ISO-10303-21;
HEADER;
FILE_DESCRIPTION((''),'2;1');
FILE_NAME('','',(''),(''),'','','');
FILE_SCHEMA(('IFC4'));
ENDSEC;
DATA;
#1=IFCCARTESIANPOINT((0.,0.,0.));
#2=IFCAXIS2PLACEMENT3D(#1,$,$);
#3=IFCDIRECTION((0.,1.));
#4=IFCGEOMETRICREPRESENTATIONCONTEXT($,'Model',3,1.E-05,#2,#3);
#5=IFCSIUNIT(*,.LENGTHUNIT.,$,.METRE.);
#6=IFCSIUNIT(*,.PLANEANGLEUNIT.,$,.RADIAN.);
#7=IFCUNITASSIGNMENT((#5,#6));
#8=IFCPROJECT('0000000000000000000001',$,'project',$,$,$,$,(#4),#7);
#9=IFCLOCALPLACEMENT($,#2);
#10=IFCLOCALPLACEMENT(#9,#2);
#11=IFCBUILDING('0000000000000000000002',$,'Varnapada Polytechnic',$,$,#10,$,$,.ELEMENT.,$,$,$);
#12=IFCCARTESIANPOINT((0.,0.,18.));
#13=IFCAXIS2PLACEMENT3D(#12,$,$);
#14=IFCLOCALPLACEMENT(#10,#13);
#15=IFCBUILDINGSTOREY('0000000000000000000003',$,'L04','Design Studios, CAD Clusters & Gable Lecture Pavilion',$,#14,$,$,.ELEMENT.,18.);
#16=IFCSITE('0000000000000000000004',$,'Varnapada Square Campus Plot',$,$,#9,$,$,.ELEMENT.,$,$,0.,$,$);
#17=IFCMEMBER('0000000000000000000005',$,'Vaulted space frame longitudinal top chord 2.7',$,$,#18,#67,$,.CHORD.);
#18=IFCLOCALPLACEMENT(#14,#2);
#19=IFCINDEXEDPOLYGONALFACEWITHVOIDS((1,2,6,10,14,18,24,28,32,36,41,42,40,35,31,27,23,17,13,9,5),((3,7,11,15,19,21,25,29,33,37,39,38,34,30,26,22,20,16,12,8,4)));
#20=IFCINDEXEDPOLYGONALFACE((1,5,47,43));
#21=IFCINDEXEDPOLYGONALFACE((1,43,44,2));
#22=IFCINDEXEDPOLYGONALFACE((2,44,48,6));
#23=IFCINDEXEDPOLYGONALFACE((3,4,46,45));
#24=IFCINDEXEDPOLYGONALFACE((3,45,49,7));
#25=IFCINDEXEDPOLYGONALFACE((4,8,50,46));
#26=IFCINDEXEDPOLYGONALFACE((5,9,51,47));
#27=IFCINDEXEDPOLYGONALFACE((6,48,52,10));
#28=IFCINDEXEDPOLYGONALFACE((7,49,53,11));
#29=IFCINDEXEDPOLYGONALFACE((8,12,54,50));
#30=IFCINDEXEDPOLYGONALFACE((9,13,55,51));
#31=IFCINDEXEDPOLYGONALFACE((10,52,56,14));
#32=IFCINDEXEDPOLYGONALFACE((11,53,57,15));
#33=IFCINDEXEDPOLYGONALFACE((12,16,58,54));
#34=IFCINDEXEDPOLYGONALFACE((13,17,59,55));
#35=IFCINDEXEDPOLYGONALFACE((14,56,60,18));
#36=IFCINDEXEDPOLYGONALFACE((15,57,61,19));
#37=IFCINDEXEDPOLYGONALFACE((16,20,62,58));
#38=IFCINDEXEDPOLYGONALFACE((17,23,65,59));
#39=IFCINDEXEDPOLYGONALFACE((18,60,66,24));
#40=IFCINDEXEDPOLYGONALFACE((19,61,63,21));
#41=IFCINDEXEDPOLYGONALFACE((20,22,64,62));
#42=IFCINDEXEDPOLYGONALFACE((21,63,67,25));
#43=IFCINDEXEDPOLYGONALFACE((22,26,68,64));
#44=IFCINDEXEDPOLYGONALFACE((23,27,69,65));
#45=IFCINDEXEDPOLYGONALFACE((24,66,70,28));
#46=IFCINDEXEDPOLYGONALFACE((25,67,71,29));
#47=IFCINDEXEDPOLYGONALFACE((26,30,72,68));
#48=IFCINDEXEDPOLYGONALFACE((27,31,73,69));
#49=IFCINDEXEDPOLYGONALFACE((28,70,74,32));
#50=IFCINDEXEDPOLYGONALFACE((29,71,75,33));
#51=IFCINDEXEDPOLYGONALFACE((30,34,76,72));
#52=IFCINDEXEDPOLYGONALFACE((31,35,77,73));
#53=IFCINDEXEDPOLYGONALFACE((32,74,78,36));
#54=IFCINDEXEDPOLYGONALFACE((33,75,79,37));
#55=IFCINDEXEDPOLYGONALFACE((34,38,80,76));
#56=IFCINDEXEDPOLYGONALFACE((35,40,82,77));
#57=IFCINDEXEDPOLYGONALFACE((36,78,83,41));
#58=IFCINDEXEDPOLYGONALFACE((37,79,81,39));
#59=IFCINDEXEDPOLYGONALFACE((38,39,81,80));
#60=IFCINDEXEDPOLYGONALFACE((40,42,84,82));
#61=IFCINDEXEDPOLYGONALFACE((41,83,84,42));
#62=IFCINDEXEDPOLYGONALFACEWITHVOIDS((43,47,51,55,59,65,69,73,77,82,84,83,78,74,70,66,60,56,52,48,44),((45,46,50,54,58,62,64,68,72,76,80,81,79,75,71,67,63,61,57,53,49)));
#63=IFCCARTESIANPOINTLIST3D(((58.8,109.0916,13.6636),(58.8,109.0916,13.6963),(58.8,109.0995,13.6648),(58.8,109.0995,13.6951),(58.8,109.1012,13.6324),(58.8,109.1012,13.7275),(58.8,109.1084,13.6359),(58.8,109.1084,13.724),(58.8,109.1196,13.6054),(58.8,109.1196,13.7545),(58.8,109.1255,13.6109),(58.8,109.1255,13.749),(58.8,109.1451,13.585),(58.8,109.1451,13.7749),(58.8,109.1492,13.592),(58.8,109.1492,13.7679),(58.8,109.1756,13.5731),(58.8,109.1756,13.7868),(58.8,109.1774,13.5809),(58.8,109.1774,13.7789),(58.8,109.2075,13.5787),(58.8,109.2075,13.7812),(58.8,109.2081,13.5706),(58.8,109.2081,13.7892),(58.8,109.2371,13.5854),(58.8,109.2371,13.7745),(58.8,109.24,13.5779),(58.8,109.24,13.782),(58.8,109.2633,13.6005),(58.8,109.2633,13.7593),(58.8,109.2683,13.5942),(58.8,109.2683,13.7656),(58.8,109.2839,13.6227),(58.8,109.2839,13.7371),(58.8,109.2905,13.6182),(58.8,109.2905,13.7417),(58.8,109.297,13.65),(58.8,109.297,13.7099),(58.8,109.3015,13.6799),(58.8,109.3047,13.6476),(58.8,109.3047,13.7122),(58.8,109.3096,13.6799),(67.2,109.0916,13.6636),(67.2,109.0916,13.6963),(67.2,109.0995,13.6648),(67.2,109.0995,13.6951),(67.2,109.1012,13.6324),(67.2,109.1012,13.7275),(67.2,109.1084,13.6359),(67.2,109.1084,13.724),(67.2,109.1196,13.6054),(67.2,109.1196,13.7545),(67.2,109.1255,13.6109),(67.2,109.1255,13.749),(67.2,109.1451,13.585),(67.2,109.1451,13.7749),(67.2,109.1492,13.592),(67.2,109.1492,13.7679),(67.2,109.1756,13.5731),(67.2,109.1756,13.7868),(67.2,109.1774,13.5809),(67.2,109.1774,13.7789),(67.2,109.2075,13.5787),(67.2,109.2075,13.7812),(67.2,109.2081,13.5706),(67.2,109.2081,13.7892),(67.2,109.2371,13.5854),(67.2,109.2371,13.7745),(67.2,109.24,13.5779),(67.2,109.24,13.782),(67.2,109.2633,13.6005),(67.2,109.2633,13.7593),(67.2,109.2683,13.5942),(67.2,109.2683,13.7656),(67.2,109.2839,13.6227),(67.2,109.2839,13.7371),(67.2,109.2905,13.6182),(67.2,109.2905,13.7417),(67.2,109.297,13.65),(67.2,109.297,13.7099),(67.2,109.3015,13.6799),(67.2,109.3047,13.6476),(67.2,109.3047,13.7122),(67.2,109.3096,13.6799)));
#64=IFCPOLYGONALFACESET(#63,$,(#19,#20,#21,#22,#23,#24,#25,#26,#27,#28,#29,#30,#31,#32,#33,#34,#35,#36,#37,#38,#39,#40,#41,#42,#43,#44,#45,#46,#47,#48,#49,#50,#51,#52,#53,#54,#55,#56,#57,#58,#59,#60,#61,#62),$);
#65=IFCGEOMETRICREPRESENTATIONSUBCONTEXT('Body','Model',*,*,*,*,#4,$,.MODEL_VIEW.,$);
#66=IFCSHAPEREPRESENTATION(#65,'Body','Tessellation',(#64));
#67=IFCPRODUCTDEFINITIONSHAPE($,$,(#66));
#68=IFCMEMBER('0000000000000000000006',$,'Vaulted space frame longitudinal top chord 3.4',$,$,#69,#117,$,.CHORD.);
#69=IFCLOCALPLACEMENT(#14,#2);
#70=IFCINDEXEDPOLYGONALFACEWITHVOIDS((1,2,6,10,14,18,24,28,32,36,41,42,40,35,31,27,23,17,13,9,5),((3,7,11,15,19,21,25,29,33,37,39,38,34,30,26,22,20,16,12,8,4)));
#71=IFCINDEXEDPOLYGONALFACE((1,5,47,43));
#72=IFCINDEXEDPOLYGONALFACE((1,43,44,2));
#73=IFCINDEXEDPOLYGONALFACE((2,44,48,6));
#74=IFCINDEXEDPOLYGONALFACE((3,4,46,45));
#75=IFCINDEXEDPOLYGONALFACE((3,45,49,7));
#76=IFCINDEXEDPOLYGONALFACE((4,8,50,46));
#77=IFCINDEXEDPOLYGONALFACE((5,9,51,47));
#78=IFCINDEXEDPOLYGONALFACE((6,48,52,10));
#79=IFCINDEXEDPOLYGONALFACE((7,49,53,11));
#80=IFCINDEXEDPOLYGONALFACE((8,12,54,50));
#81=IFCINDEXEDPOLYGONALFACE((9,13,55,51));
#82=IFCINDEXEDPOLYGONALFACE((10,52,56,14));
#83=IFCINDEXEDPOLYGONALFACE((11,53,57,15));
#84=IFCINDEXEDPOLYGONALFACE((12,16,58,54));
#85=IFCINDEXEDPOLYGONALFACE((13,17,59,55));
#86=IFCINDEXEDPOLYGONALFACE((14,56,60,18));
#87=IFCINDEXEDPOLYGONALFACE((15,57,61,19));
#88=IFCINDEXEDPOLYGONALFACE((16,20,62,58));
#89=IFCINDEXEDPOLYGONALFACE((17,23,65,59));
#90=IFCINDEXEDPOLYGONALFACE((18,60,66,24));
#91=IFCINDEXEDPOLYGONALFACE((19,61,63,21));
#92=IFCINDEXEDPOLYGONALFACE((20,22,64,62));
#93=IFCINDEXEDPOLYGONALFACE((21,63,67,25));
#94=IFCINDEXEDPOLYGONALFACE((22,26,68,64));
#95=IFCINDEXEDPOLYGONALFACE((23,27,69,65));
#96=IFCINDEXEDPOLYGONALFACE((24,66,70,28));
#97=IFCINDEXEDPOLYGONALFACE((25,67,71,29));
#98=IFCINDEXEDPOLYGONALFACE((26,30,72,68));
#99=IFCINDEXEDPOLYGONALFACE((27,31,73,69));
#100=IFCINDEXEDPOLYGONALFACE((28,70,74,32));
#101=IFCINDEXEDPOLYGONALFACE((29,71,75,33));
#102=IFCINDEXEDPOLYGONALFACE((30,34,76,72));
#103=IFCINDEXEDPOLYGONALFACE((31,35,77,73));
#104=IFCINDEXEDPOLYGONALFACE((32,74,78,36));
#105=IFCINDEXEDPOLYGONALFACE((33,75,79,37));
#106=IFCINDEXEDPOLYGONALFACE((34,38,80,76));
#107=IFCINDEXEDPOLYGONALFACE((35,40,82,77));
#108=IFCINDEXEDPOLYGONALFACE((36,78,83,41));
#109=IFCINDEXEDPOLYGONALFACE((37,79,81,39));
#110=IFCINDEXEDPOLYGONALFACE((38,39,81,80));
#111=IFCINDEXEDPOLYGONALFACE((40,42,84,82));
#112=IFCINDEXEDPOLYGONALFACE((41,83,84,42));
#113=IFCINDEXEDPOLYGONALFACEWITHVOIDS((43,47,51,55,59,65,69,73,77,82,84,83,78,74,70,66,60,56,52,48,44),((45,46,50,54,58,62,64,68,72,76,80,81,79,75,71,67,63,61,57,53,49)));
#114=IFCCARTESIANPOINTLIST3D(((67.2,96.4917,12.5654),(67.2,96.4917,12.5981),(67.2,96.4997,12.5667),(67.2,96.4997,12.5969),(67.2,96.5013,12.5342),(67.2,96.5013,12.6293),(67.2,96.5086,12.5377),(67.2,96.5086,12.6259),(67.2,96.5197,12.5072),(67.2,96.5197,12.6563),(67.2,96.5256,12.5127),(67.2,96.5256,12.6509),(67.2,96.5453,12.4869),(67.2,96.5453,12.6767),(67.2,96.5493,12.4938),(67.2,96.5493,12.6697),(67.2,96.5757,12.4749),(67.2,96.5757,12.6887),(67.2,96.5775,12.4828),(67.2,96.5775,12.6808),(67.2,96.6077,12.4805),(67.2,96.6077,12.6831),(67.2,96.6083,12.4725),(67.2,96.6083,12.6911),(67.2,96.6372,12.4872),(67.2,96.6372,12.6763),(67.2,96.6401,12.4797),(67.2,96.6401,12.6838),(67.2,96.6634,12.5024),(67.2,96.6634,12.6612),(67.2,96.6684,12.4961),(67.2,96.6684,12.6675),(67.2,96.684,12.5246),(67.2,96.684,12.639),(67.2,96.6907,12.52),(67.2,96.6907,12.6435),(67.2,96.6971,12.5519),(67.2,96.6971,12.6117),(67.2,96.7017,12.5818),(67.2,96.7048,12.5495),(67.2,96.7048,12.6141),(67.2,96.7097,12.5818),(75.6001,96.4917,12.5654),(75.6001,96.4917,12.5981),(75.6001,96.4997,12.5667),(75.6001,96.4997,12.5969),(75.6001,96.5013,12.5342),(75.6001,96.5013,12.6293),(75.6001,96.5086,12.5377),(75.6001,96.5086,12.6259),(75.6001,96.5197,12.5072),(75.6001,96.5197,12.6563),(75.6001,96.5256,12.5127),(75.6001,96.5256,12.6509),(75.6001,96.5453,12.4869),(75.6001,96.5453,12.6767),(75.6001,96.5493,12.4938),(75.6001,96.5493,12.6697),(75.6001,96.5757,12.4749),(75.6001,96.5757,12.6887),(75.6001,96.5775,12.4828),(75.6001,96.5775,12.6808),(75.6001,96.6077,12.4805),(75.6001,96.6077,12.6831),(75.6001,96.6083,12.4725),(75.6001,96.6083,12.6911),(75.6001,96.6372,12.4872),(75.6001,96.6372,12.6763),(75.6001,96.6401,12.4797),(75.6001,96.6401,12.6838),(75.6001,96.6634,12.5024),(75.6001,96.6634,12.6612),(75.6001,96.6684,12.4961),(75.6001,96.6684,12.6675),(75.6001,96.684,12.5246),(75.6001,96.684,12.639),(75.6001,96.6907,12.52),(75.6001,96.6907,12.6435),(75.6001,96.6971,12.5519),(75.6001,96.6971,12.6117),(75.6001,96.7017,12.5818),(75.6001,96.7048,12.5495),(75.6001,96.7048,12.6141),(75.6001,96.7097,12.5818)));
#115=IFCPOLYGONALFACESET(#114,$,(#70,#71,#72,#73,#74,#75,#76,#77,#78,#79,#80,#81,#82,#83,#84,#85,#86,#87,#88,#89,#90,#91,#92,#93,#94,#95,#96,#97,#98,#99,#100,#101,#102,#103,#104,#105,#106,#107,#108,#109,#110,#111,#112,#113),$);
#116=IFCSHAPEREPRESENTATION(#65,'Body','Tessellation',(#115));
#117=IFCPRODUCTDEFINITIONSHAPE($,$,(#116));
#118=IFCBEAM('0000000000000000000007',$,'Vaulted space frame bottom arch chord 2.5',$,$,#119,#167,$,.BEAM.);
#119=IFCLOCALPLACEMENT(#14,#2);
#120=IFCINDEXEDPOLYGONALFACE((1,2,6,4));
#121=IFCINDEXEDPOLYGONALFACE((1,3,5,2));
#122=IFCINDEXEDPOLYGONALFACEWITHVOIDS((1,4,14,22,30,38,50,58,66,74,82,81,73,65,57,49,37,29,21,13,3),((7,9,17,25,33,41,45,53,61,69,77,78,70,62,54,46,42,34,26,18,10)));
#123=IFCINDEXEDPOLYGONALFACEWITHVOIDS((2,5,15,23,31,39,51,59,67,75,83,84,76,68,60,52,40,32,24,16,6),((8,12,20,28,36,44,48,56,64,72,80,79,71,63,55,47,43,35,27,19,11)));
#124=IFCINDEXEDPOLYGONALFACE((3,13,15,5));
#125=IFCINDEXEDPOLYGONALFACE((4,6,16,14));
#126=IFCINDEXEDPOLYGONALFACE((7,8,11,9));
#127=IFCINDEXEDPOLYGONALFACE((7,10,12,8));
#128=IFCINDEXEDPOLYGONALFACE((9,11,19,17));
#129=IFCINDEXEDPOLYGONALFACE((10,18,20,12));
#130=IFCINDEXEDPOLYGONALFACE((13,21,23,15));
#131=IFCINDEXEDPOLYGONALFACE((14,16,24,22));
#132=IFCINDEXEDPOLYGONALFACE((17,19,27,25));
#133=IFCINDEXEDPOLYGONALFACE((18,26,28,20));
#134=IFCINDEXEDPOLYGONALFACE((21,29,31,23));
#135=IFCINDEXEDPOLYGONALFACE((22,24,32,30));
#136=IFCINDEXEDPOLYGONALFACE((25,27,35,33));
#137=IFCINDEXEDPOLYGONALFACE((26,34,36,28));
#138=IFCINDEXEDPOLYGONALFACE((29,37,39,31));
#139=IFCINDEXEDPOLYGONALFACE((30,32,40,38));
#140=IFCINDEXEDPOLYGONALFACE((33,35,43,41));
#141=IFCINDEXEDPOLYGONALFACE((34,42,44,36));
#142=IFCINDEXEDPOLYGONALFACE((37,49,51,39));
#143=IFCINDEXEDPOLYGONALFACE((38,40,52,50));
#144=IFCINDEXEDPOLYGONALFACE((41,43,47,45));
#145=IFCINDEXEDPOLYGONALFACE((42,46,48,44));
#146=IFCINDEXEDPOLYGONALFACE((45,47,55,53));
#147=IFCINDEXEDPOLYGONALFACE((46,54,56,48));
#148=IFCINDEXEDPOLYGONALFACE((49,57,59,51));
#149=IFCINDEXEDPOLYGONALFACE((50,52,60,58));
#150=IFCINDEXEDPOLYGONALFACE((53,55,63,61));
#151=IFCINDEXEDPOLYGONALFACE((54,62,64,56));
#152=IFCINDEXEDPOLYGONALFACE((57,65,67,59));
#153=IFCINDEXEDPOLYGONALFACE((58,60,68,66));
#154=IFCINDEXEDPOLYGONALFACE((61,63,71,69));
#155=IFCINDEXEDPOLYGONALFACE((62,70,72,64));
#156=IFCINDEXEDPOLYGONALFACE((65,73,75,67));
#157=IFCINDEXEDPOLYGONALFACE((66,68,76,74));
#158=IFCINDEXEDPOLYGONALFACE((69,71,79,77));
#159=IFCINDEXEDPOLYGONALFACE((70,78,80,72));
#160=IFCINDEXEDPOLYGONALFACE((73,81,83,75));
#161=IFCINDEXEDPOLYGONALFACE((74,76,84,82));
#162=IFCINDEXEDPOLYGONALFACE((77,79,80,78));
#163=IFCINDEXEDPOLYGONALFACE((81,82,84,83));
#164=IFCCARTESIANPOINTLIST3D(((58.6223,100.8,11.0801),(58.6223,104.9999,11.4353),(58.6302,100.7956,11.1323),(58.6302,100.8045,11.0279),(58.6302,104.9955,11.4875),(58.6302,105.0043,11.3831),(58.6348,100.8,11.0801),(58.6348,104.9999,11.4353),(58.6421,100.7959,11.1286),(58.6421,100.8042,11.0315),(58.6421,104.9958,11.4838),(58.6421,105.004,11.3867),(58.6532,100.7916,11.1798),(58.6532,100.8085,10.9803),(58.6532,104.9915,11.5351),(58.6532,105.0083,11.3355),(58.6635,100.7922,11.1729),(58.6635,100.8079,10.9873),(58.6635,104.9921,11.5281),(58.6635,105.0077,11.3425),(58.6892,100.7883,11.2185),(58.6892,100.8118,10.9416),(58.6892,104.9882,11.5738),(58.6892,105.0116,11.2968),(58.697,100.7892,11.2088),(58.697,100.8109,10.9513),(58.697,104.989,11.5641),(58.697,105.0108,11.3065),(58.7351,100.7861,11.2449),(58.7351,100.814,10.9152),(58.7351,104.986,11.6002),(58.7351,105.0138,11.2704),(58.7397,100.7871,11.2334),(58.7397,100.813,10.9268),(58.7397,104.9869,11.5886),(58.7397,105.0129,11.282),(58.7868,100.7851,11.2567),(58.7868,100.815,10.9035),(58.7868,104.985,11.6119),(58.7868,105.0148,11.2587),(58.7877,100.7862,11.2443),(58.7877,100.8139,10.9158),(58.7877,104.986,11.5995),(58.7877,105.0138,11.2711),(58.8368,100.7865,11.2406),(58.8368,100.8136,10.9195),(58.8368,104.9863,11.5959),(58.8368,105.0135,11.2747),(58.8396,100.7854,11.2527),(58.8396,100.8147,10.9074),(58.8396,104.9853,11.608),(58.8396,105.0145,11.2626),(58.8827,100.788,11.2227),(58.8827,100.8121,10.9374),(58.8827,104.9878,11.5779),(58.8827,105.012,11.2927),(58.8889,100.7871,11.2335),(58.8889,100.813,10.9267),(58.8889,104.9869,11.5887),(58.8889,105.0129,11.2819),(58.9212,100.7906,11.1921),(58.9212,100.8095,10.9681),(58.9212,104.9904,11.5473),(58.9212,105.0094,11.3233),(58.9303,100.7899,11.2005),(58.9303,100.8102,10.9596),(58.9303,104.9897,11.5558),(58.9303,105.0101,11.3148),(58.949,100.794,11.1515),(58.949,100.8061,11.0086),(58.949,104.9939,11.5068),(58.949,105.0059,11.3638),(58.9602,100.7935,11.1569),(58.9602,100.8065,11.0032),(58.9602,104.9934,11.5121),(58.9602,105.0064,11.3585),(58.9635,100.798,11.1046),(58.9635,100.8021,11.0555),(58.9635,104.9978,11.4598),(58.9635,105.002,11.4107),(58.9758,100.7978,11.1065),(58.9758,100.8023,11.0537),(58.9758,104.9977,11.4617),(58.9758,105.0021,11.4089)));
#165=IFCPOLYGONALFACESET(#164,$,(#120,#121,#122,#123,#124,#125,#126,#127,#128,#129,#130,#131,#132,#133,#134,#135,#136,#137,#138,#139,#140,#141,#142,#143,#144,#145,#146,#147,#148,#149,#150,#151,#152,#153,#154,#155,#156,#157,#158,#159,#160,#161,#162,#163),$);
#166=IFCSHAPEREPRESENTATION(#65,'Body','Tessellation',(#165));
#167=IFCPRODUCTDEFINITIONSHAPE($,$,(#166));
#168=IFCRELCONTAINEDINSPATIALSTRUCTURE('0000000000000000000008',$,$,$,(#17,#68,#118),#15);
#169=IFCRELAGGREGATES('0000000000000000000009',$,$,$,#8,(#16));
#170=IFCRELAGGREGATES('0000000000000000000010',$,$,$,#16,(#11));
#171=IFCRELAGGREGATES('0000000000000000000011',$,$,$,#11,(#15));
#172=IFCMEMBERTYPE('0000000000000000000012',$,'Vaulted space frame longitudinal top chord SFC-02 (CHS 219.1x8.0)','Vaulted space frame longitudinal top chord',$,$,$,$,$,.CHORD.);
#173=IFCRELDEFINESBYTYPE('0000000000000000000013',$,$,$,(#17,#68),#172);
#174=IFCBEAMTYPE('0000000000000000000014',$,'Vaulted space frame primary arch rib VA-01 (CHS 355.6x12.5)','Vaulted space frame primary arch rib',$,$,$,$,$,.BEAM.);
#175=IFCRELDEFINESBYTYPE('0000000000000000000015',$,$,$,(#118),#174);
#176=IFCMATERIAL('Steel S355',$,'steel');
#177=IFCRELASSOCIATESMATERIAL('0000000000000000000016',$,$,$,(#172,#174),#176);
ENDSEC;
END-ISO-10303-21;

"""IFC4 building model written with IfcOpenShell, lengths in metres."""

from ifc_helpers import new_model, si_unit, direction, frame, origin, origin_2d, place, context, subcontext, project, spatial, hollow_circle, extrude, material, material_profile, profile_set, type_object, element, save


model = new_model("IFC4")

# Units and contexts
model_context = context("Model", 3, precision=1e-05, world=origin(), true_north=direction((0.0, 1.0)))
body_context = subcontext(model_context, "Body", "Model", "MODEL_VIEW")
ifc_project = project(units=[si_unit("LENGTHUNIT", "METRE"), si_unit("PLANEANGLEUNIT", "RADIAN")], contexts=[model_context])

# Site, building, storey
site_placement = place(None, origin())
site = spatial("IfcSite", under=ifc_project, at=site_placement, Name="Varnapada Square Campus Plot", CompositionType="ELEMENT", RefElevation=0.0)
building_placement = place(site_placement, origin())
building = spatial("IfcBuilding", under=site, at=building_placement, Name="Varnapada Polytechnic", CompositionType="ELEMENT")
storey_placement = place(building_placement, frame((0.0, 0.0, 18.0)))
storey = spatial("IfcBuildingStorey", under=building, at=storey_placement, Name="L04", Description="Design Studios, CAD Clusters & Gable Lecture Pavilion", CompositionType="ELEMENT", Elevation=18.0)

# Members
ifc_material = material(Name="Steel S355", Category="steel")
ifc_material_profile_1 = material_profile(ifc_material, hollow_circle(Radius=0.1096, WallThickness=0.0081, at=origin_2d()), Name="CHS 219.1x8.0")
ifc_profile_set_1 = profile_set([ifc_material_profile_1], Name="Steel S355")
member_type_1 = type_object("IfcMemberType", Name="Vaulted space frame longitudinal top chord SFC-02 (CHS 219.1x8.0)", Description="Vaulted space frame longitudinal top chord", PredefinedType="CHORD", material=ifc_profile_set_1)
for number, where, z_axis, x_axis, name in (
    (1, (58.8, 109.2, 13.6799), (1.0, 0.0, 0.0), (0.0, 1.0, 0.0), "Vaulted space frame longitudinal top chord 2.7"),
):
    element("IfcMember", number, at=place(storey_placement, frame(where, z_axis=z_axis, x_axis=x_axis)), inside=storey, type_object=member_type_1, Name=name, PredefinedType="CHORD", context=body_context, shape_type="SweptSolid", body=[
        extrude(hollow_circle(Radius=0.1096, WallThickness=0.0081, at=origin_2d()), origin(), (0.0, 0.0, 1.0), 8.3999),
    ])
member_1_placement = place(storey_placement, frame((67.2, 96.6001, 12.5818), z_axis=(1.0, 0.0, 0.0), x_axis=(0.0, 1.0, 0.0)))
element("IfcMember", 2, at=member_1_placement, inside=storey, type_object=member_type_1, Name="Vaulted space frame longitudinal top chord 3.4", PredefinedType="CHORD", context=body_context, shape_type="SweptSolid", body=[
    extrude(hollow_circle(Radius=0.1096, WallThickness=0.0081, at=origin_2d()), origin(), (0.0, 0.0, 1.0), 8.4001),
])

# Beam
ifc_material_profile_2 = material_profile(ifc_material, hollow_circle(Radius=0.1777, WallThickness=0.0125, at=origin_2d()), Name="CHS 355.6x12.5")
ifc_profile_set_2 = profile_set([ifc_material_profile_2], Name="Steel S355")
beam_type_1 = type_object("IfcBeamType", Name="Vaulted space frame primary arch rib VA-01 (CHS 355.6x12.5)", Description="Vaulted space frame primary arch rib", PredefinedType="BEAM", material=ifc_profile_set_2)
for number, where, z_axis, x_axis, name in (
    (3, (58.8, 100.8, 11.0801), (0.0, 0.996442, 0.084277), (-1.0, 0.0, 0.0), "Vaulted space frame bottom arch chord 2.5"),
):
    element("IfcBeam", number, at=place(storey_placement, frame(where, z_axis=z_axis, x_axis=x_axis)), inside=storey, type_object=beam_type_1, Name=name, PredefinedType="BEAM", context=body_context, shape_type="SweptSolid", body=[
        extrude(hollow_circle(Radius=0.1777, WallThickness=0.0125, at=origin_2d()), origin(), (0.0, 0.0, 1.0), 4.2148),
    ])

save(model, "model.ifc")
